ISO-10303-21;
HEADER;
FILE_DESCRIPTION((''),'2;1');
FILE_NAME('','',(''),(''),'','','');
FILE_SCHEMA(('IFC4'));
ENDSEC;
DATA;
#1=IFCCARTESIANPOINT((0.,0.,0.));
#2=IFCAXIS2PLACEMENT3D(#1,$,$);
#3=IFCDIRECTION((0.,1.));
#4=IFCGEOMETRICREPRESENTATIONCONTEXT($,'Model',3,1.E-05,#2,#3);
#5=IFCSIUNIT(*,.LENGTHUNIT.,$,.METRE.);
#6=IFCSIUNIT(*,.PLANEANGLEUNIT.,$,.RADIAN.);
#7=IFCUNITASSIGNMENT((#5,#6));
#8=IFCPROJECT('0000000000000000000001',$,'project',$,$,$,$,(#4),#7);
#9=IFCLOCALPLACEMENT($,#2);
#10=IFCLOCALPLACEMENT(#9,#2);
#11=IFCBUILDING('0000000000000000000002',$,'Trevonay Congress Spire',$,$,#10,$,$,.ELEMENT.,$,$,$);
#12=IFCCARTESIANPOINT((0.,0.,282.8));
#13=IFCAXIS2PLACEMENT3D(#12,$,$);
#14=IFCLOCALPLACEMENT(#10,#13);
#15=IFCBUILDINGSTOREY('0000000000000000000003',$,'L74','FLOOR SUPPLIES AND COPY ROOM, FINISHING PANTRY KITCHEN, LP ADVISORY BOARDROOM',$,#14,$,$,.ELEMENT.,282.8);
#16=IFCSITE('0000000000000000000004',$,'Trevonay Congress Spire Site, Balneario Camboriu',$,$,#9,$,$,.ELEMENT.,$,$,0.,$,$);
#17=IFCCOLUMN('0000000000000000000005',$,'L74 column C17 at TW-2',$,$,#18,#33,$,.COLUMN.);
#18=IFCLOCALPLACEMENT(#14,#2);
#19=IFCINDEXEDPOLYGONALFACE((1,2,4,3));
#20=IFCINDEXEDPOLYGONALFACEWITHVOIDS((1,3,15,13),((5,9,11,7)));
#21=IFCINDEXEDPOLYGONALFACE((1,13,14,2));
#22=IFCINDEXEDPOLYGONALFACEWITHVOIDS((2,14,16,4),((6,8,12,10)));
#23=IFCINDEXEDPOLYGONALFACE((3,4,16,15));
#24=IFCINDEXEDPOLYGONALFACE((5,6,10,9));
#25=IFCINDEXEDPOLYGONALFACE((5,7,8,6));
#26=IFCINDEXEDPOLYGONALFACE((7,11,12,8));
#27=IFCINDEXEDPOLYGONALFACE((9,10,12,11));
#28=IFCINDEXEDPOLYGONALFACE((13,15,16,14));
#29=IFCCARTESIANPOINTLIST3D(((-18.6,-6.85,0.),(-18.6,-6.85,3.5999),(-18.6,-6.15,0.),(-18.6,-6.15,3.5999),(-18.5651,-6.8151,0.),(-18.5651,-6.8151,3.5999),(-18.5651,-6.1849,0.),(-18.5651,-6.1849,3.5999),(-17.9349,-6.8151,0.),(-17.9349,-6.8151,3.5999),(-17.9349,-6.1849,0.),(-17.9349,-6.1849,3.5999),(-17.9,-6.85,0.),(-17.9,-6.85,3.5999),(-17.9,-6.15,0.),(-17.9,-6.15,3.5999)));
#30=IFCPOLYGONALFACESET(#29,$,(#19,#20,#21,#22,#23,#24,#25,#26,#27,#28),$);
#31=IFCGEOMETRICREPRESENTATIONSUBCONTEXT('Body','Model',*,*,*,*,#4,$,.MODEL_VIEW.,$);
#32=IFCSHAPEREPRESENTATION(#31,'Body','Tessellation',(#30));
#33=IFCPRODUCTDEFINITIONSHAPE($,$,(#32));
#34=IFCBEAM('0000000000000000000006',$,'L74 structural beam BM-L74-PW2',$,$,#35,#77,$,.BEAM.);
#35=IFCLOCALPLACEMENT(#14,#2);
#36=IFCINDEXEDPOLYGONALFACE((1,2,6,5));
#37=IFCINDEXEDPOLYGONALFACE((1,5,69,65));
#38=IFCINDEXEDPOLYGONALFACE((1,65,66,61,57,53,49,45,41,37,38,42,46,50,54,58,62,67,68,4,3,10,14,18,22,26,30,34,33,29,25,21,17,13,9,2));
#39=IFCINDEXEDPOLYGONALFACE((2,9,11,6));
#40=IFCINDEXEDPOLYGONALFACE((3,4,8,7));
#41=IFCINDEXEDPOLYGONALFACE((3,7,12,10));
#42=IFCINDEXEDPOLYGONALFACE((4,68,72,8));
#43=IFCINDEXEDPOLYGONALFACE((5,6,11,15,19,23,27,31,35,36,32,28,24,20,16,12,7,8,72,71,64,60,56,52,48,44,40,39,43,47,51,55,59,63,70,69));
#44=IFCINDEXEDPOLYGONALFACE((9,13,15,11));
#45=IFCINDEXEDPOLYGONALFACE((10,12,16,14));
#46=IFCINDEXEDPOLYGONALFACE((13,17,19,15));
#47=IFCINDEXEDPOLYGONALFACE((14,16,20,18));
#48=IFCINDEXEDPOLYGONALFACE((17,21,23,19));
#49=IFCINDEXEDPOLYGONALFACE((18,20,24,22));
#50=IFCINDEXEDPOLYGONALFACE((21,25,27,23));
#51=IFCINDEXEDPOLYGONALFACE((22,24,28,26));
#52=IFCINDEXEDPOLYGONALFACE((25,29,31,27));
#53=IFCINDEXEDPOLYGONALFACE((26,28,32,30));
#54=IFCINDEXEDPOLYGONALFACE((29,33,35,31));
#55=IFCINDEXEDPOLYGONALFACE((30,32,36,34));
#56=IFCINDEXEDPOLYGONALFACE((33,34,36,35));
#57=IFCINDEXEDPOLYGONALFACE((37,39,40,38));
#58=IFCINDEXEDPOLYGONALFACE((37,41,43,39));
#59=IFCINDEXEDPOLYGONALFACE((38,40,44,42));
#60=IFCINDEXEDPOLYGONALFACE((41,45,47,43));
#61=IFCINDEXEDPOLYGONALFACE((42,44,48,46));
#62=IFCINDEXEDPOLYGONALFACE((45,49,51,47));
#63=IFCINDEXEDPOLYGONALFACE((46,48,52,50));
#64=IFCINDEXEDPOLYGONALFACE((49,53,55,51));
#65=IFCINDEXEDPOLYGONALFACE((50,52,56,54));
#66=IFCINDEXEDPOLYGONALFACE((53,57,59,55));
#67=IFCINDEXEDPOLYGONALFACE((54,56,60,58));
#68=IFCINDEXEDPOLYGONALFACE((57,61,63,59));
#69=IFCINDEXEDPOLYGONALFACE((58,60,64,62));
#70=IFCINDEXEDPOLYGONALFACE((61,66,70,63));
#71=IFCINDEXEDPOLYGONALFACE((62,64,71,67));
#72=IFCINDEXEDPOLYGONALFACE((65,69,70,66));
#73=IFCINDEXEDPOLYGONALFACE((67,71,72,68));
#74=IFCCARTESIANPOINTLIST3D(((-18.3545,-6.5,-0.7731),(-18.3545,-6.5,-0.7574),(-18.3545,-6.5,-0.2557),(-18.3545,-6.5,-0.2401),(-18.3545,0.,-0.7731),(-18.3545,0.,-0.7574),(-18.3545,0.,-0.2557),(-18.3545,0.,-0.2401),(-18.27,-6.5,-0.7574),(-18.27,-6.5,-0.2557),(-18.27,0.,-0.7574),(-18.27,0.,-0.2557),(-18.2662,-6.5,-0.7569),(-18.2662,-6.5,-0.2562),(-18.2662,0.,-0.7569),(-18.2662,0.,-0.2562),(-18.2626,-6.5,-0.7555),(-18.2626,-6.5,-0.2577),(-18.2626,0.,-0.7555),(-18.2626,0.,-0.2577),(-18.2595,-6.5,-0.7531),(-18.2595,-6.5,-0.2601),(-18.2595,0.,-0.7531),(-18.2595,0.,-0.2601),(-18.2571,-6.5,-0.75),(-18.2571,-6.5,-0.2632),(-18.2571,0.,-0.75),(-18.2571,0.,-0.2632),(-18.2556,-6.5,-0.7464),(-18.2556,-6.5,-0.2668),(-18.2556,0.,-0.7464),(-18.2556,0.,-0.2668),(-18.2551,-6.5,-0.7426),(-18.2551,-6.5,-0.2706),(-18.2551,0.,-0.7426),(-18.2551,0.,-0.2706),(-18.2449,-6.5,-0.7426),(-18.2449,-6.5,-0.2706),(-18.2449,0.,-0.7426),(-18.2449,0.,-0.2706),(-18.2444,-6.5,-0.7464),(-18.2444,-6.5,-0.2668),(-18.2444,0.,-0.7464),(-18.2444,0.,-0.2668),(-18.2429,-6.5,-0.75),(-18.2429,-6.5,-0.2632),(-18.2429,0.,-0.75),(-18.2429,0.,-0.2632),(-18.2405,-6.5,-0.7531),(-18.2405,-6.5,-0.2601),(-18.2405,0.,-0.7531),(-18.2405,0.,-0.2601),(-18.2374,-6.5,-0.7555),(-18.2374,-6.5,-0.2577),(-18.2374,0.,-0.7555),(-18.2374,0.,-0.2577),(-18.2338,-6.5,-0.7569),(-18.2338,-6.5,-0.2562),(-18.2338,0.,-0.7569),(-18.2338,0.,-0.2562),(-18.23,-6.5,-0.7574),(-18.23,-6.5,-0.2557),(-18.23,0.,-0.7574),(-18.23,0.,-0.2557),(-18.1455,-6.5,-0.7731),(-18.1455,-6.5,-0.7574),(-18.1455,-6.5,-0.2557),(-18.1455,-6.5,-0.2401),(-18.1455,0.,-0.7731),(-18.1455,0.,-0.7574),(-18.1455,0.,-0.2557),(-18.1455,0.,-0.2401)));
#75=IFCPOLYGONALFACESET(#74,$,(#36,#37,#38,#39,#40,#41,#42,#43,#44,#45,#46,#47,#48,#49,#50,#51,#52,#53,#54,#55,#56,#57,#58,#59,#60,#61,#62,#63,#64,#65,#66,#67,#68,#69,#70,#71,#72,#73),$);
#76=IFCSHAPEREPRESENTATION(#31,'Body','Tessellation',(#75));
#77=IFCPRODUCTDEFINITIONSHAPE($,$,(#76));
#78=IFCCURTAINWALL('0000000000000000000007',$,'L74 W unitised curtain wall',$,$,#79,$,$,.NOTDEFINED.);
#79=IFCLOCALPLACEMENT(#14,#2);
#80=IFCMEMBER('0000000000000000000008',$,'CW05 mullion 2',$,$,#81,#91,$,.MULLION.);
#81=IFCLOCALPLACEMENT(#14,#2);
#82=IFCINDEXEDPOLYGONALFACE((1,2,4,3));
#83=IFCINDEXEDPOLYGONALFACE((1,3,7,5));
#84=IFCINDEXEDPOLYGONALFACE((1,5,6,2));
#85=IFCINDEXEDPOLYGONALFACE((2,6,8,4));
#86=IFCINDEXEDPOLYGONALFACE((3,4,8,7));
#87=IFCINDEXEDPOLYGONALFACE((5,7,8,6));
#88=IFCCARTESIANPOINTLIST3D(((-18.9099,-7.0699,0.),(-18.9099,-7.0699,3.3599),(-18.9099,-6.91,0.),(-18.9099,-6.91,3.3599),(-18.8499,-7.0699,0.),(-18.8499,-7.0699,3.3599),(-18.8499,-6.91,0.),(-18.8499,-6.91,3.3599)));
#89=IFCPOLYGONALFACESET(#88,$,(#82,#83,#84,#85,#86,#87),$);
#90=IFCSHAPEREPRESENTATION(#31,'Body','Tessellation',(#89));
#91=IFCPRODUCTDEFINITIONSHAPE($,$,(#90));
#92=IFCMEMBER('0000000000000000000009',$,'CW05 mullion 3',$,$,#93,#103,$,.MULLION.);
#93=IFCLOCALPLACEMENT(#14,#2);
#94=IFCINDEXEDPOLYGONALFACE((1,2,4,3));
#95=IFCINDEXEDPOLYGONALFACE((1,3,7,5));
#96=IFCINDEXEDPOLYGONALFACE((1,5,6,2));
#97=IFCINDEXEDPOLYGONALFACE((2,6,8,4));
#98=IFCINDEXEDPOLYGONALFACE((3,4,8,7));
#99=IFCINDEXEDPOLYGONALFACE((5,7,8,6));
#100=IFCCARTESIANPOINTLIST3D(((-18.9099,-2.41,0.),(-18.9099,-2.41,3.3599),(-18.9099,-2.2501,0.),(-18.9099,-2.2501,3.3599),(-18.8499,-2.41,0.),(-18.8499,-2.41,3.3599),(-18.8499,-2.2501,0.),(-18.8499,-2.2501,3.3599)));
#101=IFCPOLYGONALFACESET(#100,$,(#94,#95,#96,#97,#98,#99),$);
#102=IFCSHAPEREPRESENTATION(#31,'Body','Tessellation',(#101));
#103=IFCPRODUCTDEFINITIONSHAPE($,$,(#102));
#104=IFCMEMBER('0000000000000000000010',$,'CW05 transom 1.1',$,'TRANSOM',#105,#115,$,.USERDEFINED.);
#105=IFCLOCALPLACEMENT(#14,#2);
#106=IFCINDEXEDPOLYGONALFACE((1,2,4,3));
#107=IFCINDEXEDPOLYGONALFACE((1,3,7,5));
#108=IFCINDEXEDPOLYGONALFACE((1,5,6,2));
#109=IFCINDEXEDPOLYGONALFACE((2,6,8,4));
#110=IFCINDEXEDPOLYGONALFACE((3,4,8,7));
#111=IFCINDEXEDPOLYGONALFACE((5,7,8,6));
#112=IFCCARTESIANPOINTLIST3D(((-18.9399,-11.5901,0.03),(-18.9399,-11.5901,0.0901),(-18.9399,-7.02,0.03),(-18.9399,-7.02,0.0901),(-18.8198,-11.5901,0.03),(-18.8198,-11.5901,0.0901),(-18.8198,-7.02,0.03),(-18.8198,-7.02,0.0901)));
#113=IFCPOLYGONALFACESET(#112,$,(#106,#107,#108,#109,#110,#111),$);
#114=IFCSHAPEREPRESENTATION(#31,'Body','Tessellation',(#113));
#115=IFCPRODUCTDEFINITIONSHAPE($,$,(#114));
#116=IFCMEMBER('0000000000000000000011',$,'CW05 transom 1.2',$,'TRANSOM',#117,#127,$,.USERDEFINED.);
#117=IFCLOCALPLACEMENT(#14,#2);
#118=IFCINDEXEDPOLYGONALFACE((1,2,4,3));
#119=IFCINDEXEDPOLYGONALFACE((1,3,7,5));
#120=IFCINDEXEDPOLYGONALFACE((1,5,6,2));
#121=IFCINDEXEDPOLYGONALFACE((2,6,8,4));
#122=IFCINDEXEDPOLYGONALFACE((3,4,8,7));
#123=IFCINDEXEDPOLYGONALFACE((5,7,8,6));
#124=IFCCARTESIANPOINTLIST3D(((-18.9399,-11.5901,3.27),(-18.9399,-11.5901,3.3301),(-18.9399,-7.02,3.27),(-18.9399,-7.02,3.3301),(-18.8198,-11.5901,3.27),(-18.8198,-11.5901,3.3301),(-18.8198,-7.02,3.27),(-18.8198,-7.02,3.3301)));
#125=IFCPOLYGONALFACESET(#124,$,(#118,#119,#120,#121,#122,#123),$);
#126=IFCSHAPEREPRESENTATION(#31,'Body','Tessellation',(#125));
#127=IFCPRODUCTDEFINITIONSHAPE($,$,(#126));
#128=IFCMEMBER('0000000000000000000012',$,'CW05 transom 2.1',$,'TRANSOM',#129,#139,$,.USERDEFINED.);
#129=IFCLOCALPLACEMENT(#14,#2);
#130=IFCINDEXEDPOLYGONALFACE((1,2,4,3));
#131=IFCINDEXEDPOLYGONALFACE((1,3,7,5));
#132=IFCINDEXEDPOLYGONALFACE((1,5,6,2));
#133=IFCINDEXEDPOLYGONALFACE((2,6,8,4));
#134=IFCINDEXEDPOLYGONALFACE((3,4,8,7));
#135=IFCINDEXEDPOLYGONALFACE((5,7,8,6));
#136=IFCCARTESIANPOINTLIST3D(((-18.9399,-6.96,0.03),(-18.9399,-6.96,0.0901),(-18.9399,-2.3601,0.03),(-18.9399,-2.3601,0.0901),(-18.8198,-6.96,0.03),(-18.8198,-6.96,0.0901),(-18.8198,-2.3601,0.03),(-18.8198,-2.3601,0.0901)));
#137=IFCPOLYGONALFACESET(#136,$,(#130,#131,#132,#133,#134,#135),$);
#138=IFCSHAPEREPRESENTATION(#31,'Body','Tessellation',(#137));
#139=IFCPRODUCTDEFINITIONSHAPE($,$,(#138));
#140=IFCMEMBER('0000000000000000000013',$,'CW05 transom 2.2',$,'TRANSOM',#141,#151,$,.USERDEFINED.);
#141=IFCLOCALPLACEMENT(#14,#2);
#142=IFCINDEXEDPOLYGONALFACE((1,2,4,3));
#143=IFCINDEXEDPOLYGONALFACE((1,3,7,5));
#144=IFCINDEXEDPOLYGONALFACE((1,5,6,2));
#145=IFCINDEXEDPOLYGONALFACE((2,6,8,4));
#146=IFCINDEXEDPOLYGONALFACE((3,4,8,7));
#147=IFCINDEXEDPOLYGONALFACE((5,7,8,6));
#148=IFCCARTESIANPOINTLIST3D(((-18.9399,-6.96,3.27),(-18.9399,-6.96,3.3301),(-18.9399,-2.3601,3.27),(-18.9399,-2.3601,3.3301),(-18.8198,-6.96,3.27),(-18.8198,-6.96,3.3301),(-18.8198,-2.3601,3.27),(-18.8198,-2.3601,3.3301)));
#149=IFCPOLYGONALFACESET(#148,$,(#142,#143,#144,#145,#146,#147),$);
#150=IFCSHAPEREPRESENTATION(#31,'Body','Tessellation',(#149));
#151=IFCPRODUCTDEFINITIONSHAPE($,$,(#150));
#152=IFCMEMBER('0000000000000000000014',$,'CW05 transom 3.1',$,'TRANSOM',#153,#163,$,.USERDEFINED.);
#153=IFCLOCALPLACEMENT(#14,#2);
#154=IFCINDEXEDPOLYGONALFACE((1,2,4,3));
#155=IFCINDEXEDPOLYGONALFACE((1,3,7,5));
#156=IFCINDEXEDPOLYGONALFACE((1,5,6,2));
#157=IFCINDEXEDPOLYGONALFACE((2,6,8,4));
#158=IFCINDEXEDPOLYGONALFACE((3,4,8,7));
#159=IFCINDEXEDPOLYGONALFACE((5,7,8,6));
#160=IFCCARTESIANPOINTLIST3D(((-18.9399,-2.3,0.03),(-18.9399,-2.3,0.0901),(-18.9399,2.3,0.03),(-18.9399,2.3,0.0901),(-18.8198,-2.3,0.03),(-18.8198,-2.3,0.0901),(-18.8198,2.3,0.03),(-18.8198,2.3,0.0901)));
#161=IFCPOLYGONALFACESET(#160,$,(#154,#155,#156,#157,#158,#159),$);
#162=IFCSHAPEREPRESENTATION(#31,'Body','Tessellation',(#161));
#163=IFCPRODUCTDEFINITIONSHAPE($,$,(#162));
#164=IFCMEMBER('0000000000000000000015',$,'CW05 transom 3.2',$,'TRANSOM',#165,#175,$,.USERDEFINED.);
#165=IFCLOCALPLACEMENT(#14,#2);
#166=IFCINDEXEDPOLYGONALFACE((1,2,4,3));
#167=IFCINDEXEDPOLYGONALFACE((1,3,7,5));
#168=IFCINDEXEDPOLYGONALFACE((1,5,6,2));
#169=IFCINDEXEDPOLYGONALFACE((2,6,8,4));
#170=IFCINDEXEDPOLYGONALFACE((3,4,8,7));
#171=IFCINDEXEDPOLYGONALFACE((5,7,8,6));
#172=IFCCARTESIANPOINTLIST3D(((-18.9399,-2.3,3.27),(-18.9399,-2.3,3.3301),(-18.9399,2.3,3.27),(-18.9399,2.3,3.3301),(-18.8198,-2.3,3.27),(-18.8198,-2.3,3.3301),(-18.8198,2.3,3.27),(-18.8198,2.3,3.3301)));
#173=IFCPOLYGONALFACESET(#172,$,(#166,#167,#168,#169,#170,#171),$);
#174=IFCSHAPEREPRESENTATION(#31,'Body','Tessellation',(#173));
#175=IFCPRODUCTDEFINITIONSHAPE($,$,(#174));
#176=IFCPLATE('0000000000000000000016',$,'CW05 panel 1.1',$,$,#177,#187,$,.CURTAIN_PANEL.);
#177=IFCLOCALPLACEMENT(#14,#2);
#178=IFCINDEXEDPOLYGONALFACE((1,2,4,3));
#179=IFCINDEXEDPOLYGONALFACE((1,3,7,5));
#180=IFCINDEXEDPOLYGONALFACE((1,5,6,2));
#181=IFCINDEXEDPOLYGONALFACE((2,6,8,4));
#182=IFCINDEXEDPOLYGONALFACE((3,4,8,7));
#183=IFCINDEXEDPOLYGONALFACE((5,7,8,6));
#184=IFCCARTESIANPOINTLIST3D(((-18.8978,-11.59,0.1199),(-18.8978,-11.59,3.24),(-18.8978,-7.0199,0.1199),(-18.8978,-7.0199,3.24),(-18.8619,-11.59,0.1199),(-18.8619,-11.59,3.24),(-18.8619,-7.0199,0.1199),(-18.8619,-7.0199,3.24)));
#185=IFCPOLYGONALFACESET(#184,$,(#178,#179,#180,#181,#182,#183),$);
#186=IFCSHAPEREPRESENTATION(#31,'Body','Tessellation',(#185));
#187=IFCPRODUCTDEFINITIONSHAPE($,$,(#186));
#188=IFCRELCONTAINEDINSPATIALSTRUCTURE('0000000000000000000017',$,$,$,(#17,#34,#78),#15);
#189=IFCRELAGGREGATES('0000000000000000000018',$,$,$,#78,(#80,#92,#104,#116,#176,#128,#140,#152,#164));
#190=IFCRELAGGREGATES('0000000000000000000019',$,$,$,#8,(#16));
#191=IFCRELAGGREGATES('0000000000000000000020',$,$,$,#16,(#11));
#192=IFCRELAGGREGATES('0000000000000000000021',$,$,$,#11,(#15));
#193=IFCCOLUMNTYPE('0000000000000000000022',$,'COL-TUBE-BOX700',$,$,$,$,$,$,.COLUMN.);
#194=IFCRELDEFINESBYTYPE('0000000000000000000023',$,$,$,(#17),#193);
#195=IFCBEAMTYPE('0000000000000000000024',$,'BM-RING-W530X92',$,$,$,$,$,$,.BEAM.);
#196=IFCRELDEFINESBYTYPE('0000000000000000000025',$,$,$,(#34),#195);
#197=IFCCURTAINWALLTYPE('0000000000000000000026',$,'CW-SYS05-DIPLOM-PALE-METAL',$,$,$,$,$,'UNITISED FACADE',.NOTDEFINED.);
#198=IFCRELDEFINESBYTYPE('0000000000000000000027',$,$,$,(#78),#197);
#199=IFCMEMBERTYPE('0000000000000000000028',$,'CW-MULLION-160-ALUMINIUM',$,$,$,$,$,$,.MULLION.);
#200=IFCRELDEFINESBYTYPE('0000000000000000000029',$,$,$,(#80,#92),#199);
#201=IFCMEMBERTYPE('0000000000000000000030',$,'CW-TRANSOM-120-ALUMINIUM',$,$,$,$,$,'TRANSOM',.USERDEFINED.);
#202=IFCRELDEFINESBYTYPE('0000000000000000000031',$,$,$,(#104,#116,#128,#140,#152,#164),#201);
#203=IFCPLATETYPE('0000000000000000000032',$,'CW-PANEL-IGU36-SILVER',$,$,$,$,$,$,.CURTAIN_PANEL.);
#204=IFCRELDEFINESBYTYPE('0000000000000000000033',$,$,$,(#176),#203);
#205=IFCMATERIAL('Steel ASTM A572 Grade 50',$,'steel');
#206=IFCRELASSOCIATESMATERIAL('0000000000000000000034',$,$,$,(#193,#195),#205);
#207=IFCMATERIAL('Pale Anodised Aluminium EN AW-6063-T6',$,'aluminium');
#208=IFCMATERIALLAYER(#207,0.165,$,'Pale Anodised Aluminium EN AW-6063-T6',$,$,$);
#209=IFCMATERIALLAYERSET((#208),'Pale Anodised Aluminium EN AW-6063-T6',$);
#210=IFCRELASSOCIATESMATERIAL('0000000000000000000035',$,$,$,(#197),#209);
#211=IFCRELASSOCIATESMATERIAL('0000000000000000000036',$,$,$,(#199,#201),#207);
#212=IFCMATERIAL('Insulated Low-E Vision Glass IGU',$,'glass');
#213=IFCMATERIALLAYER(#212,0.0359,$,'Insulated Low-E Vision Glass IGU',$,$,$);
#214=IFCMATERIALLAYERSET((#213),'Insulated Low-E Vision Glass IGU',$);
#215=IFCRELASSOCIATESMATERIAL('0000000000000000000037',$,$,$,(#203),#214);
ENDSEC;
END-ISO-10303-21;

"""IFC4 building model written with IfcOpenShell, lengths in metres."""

from ifc_helpers import new_model, si_unit, direction, frame, origin, origin_2d, place, context, subcontext, project, spatial, rectangle, hollow_rectangle, i_section, extrude, material, layer, layer_set, material_profile, profile_set, type_object, element, aggregate, save


model = new_model("IFC4")

# Units and contexts
model_context = context("Model", 3, precision=1e-05, world=origin(), true_north=direction((0.0, 1.0)))
body_context = subcontext(model_context, "Body", "Model", "MODEL_VIEW")
ifc_project = project(units=[si_unit("LENGTHUNIT", "METRE"), si_unit("PLANEANGLEUNIT", "RADIAN")], contexts=[model_context])

# Site, building, storey
site_placement = place(None, origin())
site = spatial("IfcSite", under=ifc_project, at=site_placement, Name="Trevonay Congress Spire Site, Balneario Camboriu", CompositionType="ELEMENT", RefElevation=0.0)
building_placement = place(site_placement, origin())
building = spatial("IfcBuilding", under=site, at=building_placement, Name="Trevonay Congress Spire", CompositionType="ELEMENT")
storey_placement = place(building_placement, frame((0.0, 0.0, 282.8)))
storey = spatial("IfcBuildingStorey", under=building, at=storey_placement, Name="L74", Description="FLOOR SUPPLIES AND COPY ROOM, FINISHING PANTRY KITCHEN, LP ADVISORY BOARDROOM", CompositionType="ELEMENT", Elevation=282.8)

# Column
ifc_material_1 = material(Name="Steel ASTM A572 Grade 50", Category="steel")
ifc_material_profile_1 = material_profile(ifc_material_1, hollow_rectangle(XDim=0.7, YDim=0.7, WallThickness=0.0349, at=origin_2d()), Name="BOX 700x700x35")
ifc_profile_set_1 = profile_set([ifc_material_profile_1], Name="Steel ASTM A572 Grade 50")
column_type = type_object("IfcColumnType", Name="COL-TUBE-BOX700", PredefinedType="COLUMN", material=ifc_profile_set_1)
column_placement = place(storey_placement, frame((-18.25, -6.5, 0.0), z_axis=(0.0, 0.0, 1.0), x_axis=(1.0, 0.0, 0.0)))
element("IfcColumn", 1, at=column_placement, inside=storey, type_object=column_type, Name="L74 column C17 at TW-2", PredefinedType="COLUMN", context=body_context, shape_type="SweptSolid", body=[
    extrude(hollow_rectangle(XDim=0.7, YDim=0.7, WallThickness=0.0349, at=origin_2d()), origin(), (0.0, 0.0, 1.0), 3.5999),
])

# Beam
ifc_material_profile_2 = material_profile(ifc_material_1, i_section(OverallWidth=0.209, OverallDepth=0.533, WebThickness=0.0103, FlangeThickness=0.0156, FilletRadius=0.0149, at=origin_2d()), Name="W530x92")
ifc_profile_set_2 = profile_set([ifc_material_profile_2], Name="Steel ASTM A572 Grade 50")
beam_type = type_object("IfcBeamType", Name="BM-RING-W530X92", PredefinedType="BEAM", material=ifc_profile_set_2)
beam_placement = place(storey_placement, frame((-18.25, -6.5, -0.5066), z_axis=(0.0, 1.0, 0.0), x_axis=(-1.0, 0.0, 0.0)))
element("IfcBeam", 2, at=beam_placement, inside=storey, type_object=beam_type, Name="L74 structural beam BM-L74-PW2", PredefinedType="BEAM", context=body_context, shape_type="SweptSolid", body=[
    extrude(i_section(OverallWidth=0.209, OverallDepth=0.533, WebThickness=0.0103, FlangeThickness=0.0156, FilletRadius=0.0149, at=origin_2d()), origin(), (0.0, 0.0, 1.0), 6.5),
])

# Curtain wall, members, plate
ifc_material_2 = material(Name="Pale Anodised Aluminium EN AW-6063-T6", Category="aluminium")
ifc_layer_1 = layer(ifc_material_2, 0.165, Name="Pale Anodised Aluminium EN AW-6063-T6")
ifc_layer_set_1 = layer_set([ifc_layer_1], Name="Pale Anodised Aluminium EN AW-6063-T6")
curtain_wall_type = type_object("IfcCurtainWallType", Name="CW-SYS05-DIPLOM-PALE-METAL", ElementType="UNITISED FACADE", PredefinedType="NOTDEFINED", material=ifc_layer_set_1)
curtain_wall_placement = place(storey_placement, origin())
curtain_wall = element("IfcCurtainWall", 3, at=curtain_wall_placement, inside=storey, type_object=curtain_wall_type, Name="L74 W unitised curtain wall", PredefinedType="NOTDEFINED")
ifc_material_profile_3 = material_profile(ifc_material_2, rectangle(XDim=0.0601, YDim=0.1599, at=origin_2d()), Name="CW-MULLION-160-ALUMINIUM")
ifc_profile_set_3 = profile_set([ifc_material_profile_3], Name="Pale Anodised Aluminium EN AW-6063-T6")
member_type_1 = type_object("IfcMemberType", Name="CW-MULLION-160-ALUMINIUM", PredefinedType="MULLION", material=ifc_profile_set_3)
member_1_placement = place(storey_placement, frame((-18.8799, -6.99, 0.0), z_axis=(0.0, 0.0, 1.0), x_axis=(-1.0, 0.0, 0.0)))
member_1 = element("IfcMember", 4, at=member_1_placement, type_object=member_type_1, Name="CW05 mullion 2", PredefinedType="MULLION", context=body_context, shape_type="SweptSolid", body=[
    extrude(rectangle(XDim=0.0601, YDim=0.1599, at=origin_2d()), origin(), (0.0, 0.0, 1.0), 3.3599),
])
member_2_placement = place(storey_placement, frame((-18.8799, -2.3301, 0.0), z_axis=(0.0, 0.0, 1.0), x_axis=(-1.0, 0.0, 0.0)))
member_2 = element("IfcMember", 5, at=member_2_placement, type_object=member_type_1, Name="CW05 mullion 3", PredefinedType="MULLION", context=body_context, shape_type="SweptSolid", body=[
    extrude(rectangle(XDim=0.0601, YDim=0.1599, at=origin_2d()), origin(), (0.0, 0.0, 1.0), 3.3599),
])
ifc_material_profile_4 = material_profile(ifc_material_2, rectangle(XDim=0.1201, YDim=0.0601, at=origin_2d()), Name="CW-TRANSOM-120-ALUMINIUM")
ifc_profile_set_4 = profile_set([ifc_material_profile_4], Name="Pale Anodised Aluminium EN AW-6063-T6")
member_type_2 = type_object("IfcMemberType", Name="CW-TRANSOM-120-ALUMINIUM", ElementType="TRANSOM", PredefinedType="USERDEFINED", material=ifc_profile_set_4)
member_3_placement = place(storey_placement, frame((-18.8799, -11.5901, 0.0601), z_axis=(0.0, 1.0, 0.0), x_axis=(-1.0, 0.0, 0.0)))
member_3 = element("IfcMember", 6, at=member_3_placement, type_object=member_type_2, Name="CW05 transom 1.1", ObjectType="TRANSOM", PredefinedType="USERDEFINED", context=body_context, shape_type="SweptSolid", body=[
    extrude(rectangle(XDim=0.1201, YDim=0.0601, at=origin_2d()), origin(), (0.0, 0.0, 1.0), 4.5701),
])
member_4_placement = place(storey_placement, frame((-18.8799, -11.5901, 3.3), z_axis=(0.0, 1.0, 0.0), x_axis=(-1.0, 0.0, 0.0)))
member_4 = element("IfcMember", 7, at=member_4_placement, type_object=member_type_2, Name="CW05 transom 1.2", ObjectType="TRANSOM", PredefinedType="USERDEFINED", context=body_context, shape_type="SweptSolid", body=[
    extrude(rectangle(XDim=0.1201, YDim=0.0601, at=origin_2d()), origin(), (0.0, 0.0, 1.0), 4.5701),
])
member_5_placement = place(storey_placement, frame((-18.8799, -6.96, 0.0601), z_axis=(0.0, 1.0, 0.0), x_axis=(-1.0, 0.0, 0.0)))
member_5 = element("IfcMember", 8, at=member_5_placement, type_object=member_type_2, Name="CW05 transom 2.1", ObjectType="TRANSOM", PredefinedType="USERDEFINED", context=body_context, shape_type="SweptSolid", body=[
    extrude(rectangle(XDim=0.1201, YDim=0.0601, at=origin_2d()), origin(), (0.0, 0.0, 1.0), 4.5999),
])
member_6_placement = place(storey_placement, frame((-18.8799, -6.96, 3.3), z_axis=(0.0, 1.0, 0.0), x_axis=(-1.0, 0.0, 0.0)))
member_6 = element("IfcMember", 9, at=member_6_placement, type_object=member_type_2, Name="CW05 transom 2.2", ObjectType="TRANSOM", PredefinedType="USERDEFINED", context=body_context, shape_type="SweptSolid", body=[
    extrude(rectangle(XDim=0.1201, YDim=0.0601, at=origin_2d()), origin(), (0.0, 0.0, 1.0), 4.5999),
])
member_7_placement = place(storey_placement, frame((-18.8799, -2.3, 0.0601), z_axis=(0.0, 1.0, 0.0), x_axis=(-1.0, 0.0, 0.0)))
member_7 = element("IfcMember", 10, at=member_7_placement, type_object=member_type_2, Name="CW05 transom 3.1", ObjectType="TRANSOM", PredefinedType="USERDEFINED", context=body_context, shape_type="SweptSolid", body=[
    extrude(rectangle(XDim=0.1201, YDim=0.0601, at=origin_2d()), origin(), (0.0, 0.0, 1.0), 4.6001),
])
member_8_placement = place(storey_placement, frame((-18.8799, -2.3, 3.3), z_axis=(0.0, 1.0, 0.0), x_axis=(-1.0, 0.0, 0.0)))
member_8 = element("IfcMember", 11, at=member_8_placement, type_object=member_type_2, Name="CW05 transom 3.2", ObjectType="TRANSOM", PredefinedType="USERDEFINED", context=body_context, shape_type="SweptSolid", body=[
    extrude(rectangle(XDim=0.1201, YDim=0.0601, at=origin_2d()), origin(), (0.0, 0.0, 1.0), 4.6001),
])
ifc_material_3 = material(Name="Insulated Low-E Vision Glass IGU", Category="glass")
ifc_layer_2 = layer(ifc_material_3, 0.0359, Name="Insulated Low-E Vision Glass IGU")
ifc_layer_set_2 = layer_set([ifc_layer_2], Name="Insulated Low-E Vision Glass IGU")
plate_type = type_object("IfcPlateType", Name="CW-PANEL-IGU36-SILVER", PredefinedType="CURTAIN_PANEL", material=ifc_layer_set_2)
plate_1_placement = place(storey_placement, frame((-18.8799, -9.3049, 0.1199), z_axis=(0.0, 0.0, 1.0), x_axis=(0.0, 1.0, 0.0)))
plate_1 = element("IfcPlate", 12, at=plate_1_placement, type_object=plate_type, Name="CW05 panel 1.1", PredefinedType="CURTAIN_PANEL", context=body_context, shape_type="SweptSolid", body=[
    extrude(rectangle(XDim=4.5701, YDim=0.0359, at=origin_2d()), origin(), (0.0, 0.0, 1.0), 3.1201),
])
aggregate(curtain_wall, [member_1, member_2, member_3, member_4, plate_1, member_5, member_6, member_7, member_8])

save(model, "model.ifc")
